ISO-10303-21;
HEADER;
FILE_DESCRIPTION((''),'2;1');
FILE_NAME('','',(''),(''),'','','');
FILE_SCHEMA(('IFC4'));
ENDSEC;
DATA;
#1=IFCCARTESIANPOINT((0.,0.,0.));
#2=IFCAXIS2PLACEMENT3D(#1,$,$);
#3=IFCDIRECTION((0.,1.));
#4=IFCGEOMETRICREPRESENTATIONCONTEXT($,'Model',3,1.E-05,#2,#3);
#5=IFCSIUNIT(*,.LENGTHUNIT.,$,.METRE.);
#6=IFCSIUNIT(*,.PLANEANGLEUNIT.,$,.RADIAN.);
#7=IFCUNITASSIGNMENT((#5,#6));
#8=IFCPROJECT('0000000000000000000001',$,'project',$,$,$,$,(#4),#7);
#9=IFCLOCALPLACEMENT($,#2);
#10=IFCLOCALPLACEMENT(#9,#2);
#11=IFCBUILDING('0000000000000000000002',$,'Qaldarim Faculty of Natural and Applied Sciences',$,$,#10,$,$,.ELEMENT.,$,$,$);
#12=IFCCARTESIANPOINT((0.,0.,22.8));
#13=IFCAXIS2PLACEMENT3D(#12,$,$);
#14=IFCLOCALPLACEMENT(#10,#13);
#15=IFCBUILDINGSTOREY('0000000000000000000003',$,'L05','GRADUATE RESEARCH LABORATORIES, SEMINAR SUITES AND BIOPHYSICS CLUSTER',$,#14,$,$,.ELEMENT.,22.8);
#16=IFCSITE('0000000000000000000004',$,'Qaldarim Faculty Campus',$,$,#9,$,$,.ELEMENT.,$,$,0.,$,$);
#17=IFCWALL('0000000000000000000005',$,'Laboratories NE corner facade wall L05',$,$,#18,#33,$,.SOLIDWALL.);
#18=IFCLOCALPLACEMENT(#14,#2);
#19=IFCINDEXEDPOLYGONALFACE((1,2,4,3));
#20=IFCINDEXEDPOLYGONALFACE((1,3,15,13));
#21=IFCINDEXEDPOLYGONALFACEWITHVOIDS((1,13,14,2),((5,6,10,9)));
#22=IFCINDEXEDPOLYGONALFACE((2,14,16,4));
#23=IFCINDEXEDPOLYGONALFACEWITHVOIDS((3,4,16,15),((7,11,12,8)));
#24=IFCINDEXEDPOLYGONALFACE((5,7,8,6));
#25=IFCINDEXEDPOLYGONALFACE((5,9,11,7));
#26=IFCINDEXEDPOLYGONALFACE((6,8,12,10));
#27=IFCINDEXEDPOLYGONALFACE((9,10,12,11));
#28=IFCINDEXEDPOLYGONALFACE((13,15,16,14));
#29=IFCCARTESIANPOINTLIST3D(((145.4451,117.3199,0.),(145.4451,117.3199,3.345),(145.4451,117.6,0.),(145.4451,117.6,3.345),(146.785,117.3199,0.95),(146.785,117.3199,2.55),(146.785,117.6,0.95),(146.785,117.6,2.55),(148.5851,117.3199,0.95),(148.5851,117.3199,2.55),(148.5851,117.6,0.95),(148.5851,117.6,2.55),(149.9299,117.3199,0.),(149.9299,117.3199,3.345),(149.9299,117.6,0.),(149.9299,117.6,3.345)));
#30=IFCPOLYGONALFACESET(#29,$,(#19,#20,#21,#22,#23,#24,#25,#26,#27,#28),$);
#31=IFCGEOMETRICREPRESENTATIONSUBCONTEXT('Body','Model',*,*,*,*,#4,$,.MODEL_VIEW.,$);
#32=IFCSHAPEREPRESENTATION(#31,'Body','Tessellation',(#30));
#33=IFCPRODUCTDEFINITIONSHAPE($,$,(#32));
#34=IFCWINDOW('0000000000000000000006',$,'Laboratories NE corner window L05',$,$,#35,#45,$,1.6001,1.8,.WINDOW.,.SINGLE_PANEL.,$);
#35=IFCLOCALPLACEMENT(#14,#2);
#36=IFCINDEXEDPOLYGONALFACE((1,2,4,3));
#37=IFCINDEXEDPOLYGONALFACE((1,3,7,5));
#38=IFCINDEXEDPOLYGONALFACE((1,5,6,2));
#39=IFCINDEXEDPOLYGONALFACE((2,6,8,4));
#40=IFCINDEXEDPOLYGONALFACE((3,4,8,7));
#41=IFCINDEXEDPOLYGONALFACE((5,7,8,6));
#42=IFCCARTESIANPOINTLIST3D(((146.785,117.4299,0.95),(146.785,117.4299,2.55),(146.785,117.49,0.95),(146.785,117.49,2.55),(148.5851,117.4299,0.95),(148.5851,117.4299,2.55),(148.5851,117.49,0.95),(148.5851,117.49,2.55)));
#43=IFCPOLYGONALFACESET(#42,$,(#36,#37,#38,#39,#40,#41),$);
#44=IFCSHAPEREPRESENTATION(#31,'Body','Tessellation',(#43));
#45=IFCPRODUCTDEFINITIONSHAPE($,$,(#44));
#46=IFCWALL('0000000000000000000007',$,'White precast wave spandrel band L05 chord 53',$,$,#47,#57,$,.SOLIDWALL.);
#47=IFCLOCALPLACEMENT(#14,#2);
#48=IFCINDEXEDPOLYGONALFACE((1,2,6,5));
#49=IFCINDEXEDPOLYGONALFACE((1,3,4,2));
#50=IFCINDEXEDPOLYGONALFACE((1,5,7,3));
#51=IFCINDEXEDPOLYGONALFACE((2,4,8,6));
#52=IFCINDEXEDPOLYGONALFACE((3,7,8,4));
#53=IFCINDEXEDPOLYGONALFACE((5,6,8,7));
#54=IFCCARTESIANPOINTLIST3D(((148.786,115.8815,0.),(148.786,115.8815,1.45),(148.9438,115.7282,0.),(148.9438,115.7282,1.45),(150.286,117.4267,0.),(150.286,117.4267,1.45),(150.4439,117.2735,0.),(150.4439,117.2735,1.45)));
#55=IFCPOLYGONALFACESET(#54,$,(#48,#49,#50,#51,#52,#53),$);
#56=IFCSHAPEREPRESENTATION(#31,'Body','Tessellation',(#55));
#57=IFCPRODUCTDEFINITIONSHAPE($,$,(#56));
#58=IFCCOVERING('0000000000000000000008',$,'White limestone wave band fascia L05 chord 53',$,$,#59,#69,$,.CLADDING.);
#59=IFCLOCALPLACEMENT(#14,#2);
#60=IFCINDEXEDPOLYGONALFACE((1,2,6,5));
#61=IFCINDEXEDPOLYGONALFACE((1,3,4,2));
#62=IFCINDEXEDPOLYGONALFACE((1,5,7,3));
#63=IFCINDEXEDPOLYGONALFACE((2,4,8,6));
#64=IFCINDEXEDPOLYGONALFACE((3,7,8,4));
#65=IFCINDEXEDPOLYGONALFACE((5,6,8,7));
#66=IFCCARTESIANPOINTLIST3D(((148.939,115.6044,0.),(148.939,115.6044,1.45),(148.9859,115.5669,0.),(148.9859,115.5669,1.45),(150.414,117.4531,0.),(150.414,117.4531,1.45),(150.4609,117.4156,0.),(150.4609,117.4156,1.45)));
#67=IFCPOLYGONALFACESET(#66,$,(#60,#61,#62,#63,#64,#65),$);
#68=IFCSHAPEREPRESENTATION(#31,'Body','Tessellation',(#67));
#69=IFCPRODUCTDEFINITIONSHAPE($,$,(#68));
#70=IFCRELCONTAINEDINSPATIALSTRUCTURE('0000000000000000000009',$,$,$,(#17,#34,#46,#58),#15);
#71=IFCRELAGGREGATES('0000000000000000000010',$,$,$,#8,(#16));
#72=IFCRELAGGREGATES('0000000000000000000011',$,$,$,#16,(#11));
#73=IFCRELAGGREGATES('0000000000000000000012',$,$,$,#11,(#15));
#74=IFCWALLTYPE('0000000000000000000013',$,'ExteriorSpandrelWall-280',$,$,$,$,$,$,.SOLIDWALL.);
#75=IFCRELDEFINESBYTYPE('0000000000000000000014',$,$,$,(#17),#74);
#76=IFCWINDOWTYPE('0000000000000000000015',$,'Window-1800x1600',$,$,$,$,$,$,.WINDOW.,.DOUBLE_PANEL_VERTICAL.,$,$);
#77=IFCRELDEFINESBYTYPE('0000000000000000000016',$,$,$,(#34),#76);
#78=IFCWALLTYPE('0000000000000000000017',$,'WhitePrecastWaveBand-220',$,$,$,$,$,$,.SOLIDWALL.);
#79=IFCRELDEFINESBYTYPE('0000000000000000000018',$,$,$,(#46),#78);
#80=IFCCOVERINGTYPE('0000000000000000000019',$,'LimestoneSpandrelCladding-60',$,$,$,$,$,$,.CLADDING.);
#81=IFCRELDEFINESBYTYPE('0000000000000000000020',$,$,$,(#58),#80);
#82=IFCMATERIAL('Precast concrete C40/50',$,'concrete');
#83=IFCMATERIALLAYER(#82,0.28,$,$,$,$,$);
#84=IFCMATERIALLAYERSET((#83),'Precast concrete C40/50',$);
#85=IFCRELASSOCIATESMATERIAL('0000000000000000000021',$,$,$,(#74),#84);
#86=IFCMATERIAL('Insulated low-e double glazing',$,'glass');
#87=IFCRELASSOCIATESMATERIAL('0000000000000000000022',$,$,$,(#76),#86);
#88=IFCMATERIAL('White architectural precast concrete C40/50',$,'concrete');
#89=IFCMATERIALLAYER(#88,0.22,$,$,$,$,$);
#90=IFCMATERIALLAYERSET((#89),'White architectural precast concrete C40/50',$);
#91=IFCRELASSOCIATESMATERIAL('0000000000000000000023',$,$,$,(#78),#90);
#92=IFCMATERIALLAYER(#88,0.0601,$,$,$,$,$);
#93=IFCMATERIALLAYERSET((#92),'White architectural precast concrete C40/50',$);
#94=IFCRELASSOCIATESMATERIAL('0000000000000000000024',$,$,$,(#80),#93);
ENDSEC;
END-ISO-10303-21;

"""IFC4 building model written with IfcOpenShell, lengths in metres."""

from ifc_helpers import new_model, si_unit, direction, frame, frame_2d, origin, origin_2d, place, context, subcontext, project, spatial, rectangle, extrude, material, layer, layer_set, type_object, element, fill, save


model = new_model("IFC4")

# Units and contexts
model_context = context("Model", 3, precision=1e-05, world=origin(), true_north=direction((0.0, 1.0)))
body_context = subcontext(model_context, "Body", "Model", "MODEL_VIEW")
ifc_project = project(units=[si_unit("LENGTHUNIT", "METRE"), si_unit("PLANEANGLEUNIT", "RADIAN")], contexts=[model_context])

# Site, building, storey
site_placement = place(None, origin())
site = spatial("IfcSite", under=ifc_project, at=site_placement, Name="Qaldarim Faculty Campus", CompositionType="ELEMENT", RefElevation=0.0)
building_placement = place(site_placement, origin())
building = spatial("IfcBuilding", under=site, at=building_placement, Name="Qaldarim Faculty of Natural and Applied Sciences", CompositionType="ELEMENT")
storey_placement = place(building_placement, frame((0.0, 0.0, 22.8)))
storey = spatial("IfcBuildingStorey", under=building, at=storey_placement, Name="L05", Description="GRADUATE RESEARCH LABORATORIES, SEMINAR SUITES AND BIOPHYSICS CLUSTER", CompositionType="ELEMENT", Elevation=22.8)

# Shared definitions
ifc_material_1 = material(Name="Precast concrete C40/50", Category="concrete")

# Shared definitions
ifc_material_2 = material(Name="Insulated low-e double glazing", Category="glass")

# Wall, opening, window
ifc_layer_1 = layer(ifc_material_1, 0.28)
ifc_layer_set_1 = layer_set([ifc_layer_1], Name="Precast concrete C40/50")
wall_type_1 = type_object("IfcWallType", Name="ExteriorSpandrelWall-280", PredefinedType="SOLIDWALL", material=ifc_layer_set_1)
wall_1_placement = place(storey_placement, frame((149.9299, 117.46, 0.0), z_axis=(0.0, 0.0, 1.0), x_axis=(-1.0, 0.0, 0.0)))
wall_1 = element("IfcWall", 1, at=wall_1_placement, inside=storey, type_object=wall_type_1, Name="Laboratories NE corner facade wall L05", PredefinedType="SOLIDWALL", context=body_context, shape_type="SweptSolid", body=[
    extrude(rectangle(XDim=4.4849, YDim=0.28, at=frame_2d((2.2424, 0.0))), origin(), (0.0, 0.0, 1.0), 3.345),
])
opening_placement = place(wall_1_placement, frame((1.345, 0.0, 0.95)))
opening = element("IfcOpeningElement", 2, at=opening_placement, cuts=wall_1, PredefinedType="OPENING", context=body_context, shape_type="SweptSolid", body=[
    extrude(rectangle(XDim=1.8, YDim=1.6001, at=frame_2d((0.8999, 0.8))), frame((0.0, 0.1499, 0.0), z_axis=(0.0, -1.0, 0.0), x_axis=(1.0, 0.0, 0.0)), (0.0, 0.0, 1.0), 0.3),
])
window_type = type_object("IfcWindowType", Name="Window-1800x1600", PartitioningType="DOUBLE_PANEL_VERTICAL", PredefinedType="WINDOW", material=ifc_material_2)
window_placement = place(opening_placement, origin())
window = element("IfcWindow", 3, at=window_placement, inside=storey, type_object=window_type, Name="Laboratories NE corner window L05", OverallHeight=1.6001, OverallWidth=1.8, PartitioningType="SINGLE_PANEL", PredefinedType="WINDOW", context=body_context, shape_type="SweptSolid", body=[
    extrude(rectangle(XDim=1.8, YDim=1.6001, at=frame_2d((0.8999, 0.8))), frame((0.0, 0.03, 0.0), z_axis=(0.0, -1.0, 0.0), x_axis=(1.0, 0.0, 0.0)), (0.0, 0.0, 1.0), 0.0601),
])
fill(opening, window)

# Wall
ifc_material_3 = material(Name="White architectural precast concrete C40/50", Category="concrete")
ifc_layer_2 = layer(ifc_material_3, 0.22)
ifc_layer_set_2 = layer_set([ifc_layer_2], Name="White architectural precast concrete C40/50")
wall_type_2 = type_object("IfcWallType", Name="WhitePrecastWaveBand-220", PredefinedType="SOLIDWALL", material=ifc_layer_set_2)
wall_2_placement = place(storey_placement, frame((148.865, 115.8049, 0.0), z_axis=(0.0, 0.0, 1.0), x_axis=(0.696542, 0.717516, 0.0)))
element("IfcWall", 4, at=wall_2_placement, inside=storey, type_object=wall_type_2, Name="White precast wave spandrel band L05 chord 53", PredefinedType="SOLIDWALL", context=body_context, shape_type="SweptSolid", body=[
    extrude(rectangle(XDim=2.1536, YDim=0.22, at=frame_2d((1.0767, 0.0))), origin(), (0.0, 0.0, 1.0), 1.45),
])

# Covering
ifc_layer_3 = layer(ifc_material_3, 0.0601)
ifc_layer_set_3 = layer_set([ifc_layer_3], Name="White architectural precast concrete C40/50")
covering_type = type_object("IfcCoveringType", Name="LimestoneSpandrelCladding-60", PredefinedType="CLADDING", material=ifc_layer_set_3)
covering_placement = place(storey_placement, frame((149.7, 116.51, 0.0), z_axis=(0.0, 0.0, 1.0), x_axis=(0.623675, 0.781684, 0.0)))
element("IfcCovering", 5, at=covering_placement, inside=storey, type_object=covering_type, Name="White limestone wave band fascia L05 chord 53", PredefinedType="CLADDING", context=body_context, shape_type="SweptSolid", body=[
    extrude(rectangle(XDim=2.365, YDim=0.0601, at=origin_2d()), origin(), (0.0, 0.0, 1.0), 1.45),
])

save(model, "model.ifc")
